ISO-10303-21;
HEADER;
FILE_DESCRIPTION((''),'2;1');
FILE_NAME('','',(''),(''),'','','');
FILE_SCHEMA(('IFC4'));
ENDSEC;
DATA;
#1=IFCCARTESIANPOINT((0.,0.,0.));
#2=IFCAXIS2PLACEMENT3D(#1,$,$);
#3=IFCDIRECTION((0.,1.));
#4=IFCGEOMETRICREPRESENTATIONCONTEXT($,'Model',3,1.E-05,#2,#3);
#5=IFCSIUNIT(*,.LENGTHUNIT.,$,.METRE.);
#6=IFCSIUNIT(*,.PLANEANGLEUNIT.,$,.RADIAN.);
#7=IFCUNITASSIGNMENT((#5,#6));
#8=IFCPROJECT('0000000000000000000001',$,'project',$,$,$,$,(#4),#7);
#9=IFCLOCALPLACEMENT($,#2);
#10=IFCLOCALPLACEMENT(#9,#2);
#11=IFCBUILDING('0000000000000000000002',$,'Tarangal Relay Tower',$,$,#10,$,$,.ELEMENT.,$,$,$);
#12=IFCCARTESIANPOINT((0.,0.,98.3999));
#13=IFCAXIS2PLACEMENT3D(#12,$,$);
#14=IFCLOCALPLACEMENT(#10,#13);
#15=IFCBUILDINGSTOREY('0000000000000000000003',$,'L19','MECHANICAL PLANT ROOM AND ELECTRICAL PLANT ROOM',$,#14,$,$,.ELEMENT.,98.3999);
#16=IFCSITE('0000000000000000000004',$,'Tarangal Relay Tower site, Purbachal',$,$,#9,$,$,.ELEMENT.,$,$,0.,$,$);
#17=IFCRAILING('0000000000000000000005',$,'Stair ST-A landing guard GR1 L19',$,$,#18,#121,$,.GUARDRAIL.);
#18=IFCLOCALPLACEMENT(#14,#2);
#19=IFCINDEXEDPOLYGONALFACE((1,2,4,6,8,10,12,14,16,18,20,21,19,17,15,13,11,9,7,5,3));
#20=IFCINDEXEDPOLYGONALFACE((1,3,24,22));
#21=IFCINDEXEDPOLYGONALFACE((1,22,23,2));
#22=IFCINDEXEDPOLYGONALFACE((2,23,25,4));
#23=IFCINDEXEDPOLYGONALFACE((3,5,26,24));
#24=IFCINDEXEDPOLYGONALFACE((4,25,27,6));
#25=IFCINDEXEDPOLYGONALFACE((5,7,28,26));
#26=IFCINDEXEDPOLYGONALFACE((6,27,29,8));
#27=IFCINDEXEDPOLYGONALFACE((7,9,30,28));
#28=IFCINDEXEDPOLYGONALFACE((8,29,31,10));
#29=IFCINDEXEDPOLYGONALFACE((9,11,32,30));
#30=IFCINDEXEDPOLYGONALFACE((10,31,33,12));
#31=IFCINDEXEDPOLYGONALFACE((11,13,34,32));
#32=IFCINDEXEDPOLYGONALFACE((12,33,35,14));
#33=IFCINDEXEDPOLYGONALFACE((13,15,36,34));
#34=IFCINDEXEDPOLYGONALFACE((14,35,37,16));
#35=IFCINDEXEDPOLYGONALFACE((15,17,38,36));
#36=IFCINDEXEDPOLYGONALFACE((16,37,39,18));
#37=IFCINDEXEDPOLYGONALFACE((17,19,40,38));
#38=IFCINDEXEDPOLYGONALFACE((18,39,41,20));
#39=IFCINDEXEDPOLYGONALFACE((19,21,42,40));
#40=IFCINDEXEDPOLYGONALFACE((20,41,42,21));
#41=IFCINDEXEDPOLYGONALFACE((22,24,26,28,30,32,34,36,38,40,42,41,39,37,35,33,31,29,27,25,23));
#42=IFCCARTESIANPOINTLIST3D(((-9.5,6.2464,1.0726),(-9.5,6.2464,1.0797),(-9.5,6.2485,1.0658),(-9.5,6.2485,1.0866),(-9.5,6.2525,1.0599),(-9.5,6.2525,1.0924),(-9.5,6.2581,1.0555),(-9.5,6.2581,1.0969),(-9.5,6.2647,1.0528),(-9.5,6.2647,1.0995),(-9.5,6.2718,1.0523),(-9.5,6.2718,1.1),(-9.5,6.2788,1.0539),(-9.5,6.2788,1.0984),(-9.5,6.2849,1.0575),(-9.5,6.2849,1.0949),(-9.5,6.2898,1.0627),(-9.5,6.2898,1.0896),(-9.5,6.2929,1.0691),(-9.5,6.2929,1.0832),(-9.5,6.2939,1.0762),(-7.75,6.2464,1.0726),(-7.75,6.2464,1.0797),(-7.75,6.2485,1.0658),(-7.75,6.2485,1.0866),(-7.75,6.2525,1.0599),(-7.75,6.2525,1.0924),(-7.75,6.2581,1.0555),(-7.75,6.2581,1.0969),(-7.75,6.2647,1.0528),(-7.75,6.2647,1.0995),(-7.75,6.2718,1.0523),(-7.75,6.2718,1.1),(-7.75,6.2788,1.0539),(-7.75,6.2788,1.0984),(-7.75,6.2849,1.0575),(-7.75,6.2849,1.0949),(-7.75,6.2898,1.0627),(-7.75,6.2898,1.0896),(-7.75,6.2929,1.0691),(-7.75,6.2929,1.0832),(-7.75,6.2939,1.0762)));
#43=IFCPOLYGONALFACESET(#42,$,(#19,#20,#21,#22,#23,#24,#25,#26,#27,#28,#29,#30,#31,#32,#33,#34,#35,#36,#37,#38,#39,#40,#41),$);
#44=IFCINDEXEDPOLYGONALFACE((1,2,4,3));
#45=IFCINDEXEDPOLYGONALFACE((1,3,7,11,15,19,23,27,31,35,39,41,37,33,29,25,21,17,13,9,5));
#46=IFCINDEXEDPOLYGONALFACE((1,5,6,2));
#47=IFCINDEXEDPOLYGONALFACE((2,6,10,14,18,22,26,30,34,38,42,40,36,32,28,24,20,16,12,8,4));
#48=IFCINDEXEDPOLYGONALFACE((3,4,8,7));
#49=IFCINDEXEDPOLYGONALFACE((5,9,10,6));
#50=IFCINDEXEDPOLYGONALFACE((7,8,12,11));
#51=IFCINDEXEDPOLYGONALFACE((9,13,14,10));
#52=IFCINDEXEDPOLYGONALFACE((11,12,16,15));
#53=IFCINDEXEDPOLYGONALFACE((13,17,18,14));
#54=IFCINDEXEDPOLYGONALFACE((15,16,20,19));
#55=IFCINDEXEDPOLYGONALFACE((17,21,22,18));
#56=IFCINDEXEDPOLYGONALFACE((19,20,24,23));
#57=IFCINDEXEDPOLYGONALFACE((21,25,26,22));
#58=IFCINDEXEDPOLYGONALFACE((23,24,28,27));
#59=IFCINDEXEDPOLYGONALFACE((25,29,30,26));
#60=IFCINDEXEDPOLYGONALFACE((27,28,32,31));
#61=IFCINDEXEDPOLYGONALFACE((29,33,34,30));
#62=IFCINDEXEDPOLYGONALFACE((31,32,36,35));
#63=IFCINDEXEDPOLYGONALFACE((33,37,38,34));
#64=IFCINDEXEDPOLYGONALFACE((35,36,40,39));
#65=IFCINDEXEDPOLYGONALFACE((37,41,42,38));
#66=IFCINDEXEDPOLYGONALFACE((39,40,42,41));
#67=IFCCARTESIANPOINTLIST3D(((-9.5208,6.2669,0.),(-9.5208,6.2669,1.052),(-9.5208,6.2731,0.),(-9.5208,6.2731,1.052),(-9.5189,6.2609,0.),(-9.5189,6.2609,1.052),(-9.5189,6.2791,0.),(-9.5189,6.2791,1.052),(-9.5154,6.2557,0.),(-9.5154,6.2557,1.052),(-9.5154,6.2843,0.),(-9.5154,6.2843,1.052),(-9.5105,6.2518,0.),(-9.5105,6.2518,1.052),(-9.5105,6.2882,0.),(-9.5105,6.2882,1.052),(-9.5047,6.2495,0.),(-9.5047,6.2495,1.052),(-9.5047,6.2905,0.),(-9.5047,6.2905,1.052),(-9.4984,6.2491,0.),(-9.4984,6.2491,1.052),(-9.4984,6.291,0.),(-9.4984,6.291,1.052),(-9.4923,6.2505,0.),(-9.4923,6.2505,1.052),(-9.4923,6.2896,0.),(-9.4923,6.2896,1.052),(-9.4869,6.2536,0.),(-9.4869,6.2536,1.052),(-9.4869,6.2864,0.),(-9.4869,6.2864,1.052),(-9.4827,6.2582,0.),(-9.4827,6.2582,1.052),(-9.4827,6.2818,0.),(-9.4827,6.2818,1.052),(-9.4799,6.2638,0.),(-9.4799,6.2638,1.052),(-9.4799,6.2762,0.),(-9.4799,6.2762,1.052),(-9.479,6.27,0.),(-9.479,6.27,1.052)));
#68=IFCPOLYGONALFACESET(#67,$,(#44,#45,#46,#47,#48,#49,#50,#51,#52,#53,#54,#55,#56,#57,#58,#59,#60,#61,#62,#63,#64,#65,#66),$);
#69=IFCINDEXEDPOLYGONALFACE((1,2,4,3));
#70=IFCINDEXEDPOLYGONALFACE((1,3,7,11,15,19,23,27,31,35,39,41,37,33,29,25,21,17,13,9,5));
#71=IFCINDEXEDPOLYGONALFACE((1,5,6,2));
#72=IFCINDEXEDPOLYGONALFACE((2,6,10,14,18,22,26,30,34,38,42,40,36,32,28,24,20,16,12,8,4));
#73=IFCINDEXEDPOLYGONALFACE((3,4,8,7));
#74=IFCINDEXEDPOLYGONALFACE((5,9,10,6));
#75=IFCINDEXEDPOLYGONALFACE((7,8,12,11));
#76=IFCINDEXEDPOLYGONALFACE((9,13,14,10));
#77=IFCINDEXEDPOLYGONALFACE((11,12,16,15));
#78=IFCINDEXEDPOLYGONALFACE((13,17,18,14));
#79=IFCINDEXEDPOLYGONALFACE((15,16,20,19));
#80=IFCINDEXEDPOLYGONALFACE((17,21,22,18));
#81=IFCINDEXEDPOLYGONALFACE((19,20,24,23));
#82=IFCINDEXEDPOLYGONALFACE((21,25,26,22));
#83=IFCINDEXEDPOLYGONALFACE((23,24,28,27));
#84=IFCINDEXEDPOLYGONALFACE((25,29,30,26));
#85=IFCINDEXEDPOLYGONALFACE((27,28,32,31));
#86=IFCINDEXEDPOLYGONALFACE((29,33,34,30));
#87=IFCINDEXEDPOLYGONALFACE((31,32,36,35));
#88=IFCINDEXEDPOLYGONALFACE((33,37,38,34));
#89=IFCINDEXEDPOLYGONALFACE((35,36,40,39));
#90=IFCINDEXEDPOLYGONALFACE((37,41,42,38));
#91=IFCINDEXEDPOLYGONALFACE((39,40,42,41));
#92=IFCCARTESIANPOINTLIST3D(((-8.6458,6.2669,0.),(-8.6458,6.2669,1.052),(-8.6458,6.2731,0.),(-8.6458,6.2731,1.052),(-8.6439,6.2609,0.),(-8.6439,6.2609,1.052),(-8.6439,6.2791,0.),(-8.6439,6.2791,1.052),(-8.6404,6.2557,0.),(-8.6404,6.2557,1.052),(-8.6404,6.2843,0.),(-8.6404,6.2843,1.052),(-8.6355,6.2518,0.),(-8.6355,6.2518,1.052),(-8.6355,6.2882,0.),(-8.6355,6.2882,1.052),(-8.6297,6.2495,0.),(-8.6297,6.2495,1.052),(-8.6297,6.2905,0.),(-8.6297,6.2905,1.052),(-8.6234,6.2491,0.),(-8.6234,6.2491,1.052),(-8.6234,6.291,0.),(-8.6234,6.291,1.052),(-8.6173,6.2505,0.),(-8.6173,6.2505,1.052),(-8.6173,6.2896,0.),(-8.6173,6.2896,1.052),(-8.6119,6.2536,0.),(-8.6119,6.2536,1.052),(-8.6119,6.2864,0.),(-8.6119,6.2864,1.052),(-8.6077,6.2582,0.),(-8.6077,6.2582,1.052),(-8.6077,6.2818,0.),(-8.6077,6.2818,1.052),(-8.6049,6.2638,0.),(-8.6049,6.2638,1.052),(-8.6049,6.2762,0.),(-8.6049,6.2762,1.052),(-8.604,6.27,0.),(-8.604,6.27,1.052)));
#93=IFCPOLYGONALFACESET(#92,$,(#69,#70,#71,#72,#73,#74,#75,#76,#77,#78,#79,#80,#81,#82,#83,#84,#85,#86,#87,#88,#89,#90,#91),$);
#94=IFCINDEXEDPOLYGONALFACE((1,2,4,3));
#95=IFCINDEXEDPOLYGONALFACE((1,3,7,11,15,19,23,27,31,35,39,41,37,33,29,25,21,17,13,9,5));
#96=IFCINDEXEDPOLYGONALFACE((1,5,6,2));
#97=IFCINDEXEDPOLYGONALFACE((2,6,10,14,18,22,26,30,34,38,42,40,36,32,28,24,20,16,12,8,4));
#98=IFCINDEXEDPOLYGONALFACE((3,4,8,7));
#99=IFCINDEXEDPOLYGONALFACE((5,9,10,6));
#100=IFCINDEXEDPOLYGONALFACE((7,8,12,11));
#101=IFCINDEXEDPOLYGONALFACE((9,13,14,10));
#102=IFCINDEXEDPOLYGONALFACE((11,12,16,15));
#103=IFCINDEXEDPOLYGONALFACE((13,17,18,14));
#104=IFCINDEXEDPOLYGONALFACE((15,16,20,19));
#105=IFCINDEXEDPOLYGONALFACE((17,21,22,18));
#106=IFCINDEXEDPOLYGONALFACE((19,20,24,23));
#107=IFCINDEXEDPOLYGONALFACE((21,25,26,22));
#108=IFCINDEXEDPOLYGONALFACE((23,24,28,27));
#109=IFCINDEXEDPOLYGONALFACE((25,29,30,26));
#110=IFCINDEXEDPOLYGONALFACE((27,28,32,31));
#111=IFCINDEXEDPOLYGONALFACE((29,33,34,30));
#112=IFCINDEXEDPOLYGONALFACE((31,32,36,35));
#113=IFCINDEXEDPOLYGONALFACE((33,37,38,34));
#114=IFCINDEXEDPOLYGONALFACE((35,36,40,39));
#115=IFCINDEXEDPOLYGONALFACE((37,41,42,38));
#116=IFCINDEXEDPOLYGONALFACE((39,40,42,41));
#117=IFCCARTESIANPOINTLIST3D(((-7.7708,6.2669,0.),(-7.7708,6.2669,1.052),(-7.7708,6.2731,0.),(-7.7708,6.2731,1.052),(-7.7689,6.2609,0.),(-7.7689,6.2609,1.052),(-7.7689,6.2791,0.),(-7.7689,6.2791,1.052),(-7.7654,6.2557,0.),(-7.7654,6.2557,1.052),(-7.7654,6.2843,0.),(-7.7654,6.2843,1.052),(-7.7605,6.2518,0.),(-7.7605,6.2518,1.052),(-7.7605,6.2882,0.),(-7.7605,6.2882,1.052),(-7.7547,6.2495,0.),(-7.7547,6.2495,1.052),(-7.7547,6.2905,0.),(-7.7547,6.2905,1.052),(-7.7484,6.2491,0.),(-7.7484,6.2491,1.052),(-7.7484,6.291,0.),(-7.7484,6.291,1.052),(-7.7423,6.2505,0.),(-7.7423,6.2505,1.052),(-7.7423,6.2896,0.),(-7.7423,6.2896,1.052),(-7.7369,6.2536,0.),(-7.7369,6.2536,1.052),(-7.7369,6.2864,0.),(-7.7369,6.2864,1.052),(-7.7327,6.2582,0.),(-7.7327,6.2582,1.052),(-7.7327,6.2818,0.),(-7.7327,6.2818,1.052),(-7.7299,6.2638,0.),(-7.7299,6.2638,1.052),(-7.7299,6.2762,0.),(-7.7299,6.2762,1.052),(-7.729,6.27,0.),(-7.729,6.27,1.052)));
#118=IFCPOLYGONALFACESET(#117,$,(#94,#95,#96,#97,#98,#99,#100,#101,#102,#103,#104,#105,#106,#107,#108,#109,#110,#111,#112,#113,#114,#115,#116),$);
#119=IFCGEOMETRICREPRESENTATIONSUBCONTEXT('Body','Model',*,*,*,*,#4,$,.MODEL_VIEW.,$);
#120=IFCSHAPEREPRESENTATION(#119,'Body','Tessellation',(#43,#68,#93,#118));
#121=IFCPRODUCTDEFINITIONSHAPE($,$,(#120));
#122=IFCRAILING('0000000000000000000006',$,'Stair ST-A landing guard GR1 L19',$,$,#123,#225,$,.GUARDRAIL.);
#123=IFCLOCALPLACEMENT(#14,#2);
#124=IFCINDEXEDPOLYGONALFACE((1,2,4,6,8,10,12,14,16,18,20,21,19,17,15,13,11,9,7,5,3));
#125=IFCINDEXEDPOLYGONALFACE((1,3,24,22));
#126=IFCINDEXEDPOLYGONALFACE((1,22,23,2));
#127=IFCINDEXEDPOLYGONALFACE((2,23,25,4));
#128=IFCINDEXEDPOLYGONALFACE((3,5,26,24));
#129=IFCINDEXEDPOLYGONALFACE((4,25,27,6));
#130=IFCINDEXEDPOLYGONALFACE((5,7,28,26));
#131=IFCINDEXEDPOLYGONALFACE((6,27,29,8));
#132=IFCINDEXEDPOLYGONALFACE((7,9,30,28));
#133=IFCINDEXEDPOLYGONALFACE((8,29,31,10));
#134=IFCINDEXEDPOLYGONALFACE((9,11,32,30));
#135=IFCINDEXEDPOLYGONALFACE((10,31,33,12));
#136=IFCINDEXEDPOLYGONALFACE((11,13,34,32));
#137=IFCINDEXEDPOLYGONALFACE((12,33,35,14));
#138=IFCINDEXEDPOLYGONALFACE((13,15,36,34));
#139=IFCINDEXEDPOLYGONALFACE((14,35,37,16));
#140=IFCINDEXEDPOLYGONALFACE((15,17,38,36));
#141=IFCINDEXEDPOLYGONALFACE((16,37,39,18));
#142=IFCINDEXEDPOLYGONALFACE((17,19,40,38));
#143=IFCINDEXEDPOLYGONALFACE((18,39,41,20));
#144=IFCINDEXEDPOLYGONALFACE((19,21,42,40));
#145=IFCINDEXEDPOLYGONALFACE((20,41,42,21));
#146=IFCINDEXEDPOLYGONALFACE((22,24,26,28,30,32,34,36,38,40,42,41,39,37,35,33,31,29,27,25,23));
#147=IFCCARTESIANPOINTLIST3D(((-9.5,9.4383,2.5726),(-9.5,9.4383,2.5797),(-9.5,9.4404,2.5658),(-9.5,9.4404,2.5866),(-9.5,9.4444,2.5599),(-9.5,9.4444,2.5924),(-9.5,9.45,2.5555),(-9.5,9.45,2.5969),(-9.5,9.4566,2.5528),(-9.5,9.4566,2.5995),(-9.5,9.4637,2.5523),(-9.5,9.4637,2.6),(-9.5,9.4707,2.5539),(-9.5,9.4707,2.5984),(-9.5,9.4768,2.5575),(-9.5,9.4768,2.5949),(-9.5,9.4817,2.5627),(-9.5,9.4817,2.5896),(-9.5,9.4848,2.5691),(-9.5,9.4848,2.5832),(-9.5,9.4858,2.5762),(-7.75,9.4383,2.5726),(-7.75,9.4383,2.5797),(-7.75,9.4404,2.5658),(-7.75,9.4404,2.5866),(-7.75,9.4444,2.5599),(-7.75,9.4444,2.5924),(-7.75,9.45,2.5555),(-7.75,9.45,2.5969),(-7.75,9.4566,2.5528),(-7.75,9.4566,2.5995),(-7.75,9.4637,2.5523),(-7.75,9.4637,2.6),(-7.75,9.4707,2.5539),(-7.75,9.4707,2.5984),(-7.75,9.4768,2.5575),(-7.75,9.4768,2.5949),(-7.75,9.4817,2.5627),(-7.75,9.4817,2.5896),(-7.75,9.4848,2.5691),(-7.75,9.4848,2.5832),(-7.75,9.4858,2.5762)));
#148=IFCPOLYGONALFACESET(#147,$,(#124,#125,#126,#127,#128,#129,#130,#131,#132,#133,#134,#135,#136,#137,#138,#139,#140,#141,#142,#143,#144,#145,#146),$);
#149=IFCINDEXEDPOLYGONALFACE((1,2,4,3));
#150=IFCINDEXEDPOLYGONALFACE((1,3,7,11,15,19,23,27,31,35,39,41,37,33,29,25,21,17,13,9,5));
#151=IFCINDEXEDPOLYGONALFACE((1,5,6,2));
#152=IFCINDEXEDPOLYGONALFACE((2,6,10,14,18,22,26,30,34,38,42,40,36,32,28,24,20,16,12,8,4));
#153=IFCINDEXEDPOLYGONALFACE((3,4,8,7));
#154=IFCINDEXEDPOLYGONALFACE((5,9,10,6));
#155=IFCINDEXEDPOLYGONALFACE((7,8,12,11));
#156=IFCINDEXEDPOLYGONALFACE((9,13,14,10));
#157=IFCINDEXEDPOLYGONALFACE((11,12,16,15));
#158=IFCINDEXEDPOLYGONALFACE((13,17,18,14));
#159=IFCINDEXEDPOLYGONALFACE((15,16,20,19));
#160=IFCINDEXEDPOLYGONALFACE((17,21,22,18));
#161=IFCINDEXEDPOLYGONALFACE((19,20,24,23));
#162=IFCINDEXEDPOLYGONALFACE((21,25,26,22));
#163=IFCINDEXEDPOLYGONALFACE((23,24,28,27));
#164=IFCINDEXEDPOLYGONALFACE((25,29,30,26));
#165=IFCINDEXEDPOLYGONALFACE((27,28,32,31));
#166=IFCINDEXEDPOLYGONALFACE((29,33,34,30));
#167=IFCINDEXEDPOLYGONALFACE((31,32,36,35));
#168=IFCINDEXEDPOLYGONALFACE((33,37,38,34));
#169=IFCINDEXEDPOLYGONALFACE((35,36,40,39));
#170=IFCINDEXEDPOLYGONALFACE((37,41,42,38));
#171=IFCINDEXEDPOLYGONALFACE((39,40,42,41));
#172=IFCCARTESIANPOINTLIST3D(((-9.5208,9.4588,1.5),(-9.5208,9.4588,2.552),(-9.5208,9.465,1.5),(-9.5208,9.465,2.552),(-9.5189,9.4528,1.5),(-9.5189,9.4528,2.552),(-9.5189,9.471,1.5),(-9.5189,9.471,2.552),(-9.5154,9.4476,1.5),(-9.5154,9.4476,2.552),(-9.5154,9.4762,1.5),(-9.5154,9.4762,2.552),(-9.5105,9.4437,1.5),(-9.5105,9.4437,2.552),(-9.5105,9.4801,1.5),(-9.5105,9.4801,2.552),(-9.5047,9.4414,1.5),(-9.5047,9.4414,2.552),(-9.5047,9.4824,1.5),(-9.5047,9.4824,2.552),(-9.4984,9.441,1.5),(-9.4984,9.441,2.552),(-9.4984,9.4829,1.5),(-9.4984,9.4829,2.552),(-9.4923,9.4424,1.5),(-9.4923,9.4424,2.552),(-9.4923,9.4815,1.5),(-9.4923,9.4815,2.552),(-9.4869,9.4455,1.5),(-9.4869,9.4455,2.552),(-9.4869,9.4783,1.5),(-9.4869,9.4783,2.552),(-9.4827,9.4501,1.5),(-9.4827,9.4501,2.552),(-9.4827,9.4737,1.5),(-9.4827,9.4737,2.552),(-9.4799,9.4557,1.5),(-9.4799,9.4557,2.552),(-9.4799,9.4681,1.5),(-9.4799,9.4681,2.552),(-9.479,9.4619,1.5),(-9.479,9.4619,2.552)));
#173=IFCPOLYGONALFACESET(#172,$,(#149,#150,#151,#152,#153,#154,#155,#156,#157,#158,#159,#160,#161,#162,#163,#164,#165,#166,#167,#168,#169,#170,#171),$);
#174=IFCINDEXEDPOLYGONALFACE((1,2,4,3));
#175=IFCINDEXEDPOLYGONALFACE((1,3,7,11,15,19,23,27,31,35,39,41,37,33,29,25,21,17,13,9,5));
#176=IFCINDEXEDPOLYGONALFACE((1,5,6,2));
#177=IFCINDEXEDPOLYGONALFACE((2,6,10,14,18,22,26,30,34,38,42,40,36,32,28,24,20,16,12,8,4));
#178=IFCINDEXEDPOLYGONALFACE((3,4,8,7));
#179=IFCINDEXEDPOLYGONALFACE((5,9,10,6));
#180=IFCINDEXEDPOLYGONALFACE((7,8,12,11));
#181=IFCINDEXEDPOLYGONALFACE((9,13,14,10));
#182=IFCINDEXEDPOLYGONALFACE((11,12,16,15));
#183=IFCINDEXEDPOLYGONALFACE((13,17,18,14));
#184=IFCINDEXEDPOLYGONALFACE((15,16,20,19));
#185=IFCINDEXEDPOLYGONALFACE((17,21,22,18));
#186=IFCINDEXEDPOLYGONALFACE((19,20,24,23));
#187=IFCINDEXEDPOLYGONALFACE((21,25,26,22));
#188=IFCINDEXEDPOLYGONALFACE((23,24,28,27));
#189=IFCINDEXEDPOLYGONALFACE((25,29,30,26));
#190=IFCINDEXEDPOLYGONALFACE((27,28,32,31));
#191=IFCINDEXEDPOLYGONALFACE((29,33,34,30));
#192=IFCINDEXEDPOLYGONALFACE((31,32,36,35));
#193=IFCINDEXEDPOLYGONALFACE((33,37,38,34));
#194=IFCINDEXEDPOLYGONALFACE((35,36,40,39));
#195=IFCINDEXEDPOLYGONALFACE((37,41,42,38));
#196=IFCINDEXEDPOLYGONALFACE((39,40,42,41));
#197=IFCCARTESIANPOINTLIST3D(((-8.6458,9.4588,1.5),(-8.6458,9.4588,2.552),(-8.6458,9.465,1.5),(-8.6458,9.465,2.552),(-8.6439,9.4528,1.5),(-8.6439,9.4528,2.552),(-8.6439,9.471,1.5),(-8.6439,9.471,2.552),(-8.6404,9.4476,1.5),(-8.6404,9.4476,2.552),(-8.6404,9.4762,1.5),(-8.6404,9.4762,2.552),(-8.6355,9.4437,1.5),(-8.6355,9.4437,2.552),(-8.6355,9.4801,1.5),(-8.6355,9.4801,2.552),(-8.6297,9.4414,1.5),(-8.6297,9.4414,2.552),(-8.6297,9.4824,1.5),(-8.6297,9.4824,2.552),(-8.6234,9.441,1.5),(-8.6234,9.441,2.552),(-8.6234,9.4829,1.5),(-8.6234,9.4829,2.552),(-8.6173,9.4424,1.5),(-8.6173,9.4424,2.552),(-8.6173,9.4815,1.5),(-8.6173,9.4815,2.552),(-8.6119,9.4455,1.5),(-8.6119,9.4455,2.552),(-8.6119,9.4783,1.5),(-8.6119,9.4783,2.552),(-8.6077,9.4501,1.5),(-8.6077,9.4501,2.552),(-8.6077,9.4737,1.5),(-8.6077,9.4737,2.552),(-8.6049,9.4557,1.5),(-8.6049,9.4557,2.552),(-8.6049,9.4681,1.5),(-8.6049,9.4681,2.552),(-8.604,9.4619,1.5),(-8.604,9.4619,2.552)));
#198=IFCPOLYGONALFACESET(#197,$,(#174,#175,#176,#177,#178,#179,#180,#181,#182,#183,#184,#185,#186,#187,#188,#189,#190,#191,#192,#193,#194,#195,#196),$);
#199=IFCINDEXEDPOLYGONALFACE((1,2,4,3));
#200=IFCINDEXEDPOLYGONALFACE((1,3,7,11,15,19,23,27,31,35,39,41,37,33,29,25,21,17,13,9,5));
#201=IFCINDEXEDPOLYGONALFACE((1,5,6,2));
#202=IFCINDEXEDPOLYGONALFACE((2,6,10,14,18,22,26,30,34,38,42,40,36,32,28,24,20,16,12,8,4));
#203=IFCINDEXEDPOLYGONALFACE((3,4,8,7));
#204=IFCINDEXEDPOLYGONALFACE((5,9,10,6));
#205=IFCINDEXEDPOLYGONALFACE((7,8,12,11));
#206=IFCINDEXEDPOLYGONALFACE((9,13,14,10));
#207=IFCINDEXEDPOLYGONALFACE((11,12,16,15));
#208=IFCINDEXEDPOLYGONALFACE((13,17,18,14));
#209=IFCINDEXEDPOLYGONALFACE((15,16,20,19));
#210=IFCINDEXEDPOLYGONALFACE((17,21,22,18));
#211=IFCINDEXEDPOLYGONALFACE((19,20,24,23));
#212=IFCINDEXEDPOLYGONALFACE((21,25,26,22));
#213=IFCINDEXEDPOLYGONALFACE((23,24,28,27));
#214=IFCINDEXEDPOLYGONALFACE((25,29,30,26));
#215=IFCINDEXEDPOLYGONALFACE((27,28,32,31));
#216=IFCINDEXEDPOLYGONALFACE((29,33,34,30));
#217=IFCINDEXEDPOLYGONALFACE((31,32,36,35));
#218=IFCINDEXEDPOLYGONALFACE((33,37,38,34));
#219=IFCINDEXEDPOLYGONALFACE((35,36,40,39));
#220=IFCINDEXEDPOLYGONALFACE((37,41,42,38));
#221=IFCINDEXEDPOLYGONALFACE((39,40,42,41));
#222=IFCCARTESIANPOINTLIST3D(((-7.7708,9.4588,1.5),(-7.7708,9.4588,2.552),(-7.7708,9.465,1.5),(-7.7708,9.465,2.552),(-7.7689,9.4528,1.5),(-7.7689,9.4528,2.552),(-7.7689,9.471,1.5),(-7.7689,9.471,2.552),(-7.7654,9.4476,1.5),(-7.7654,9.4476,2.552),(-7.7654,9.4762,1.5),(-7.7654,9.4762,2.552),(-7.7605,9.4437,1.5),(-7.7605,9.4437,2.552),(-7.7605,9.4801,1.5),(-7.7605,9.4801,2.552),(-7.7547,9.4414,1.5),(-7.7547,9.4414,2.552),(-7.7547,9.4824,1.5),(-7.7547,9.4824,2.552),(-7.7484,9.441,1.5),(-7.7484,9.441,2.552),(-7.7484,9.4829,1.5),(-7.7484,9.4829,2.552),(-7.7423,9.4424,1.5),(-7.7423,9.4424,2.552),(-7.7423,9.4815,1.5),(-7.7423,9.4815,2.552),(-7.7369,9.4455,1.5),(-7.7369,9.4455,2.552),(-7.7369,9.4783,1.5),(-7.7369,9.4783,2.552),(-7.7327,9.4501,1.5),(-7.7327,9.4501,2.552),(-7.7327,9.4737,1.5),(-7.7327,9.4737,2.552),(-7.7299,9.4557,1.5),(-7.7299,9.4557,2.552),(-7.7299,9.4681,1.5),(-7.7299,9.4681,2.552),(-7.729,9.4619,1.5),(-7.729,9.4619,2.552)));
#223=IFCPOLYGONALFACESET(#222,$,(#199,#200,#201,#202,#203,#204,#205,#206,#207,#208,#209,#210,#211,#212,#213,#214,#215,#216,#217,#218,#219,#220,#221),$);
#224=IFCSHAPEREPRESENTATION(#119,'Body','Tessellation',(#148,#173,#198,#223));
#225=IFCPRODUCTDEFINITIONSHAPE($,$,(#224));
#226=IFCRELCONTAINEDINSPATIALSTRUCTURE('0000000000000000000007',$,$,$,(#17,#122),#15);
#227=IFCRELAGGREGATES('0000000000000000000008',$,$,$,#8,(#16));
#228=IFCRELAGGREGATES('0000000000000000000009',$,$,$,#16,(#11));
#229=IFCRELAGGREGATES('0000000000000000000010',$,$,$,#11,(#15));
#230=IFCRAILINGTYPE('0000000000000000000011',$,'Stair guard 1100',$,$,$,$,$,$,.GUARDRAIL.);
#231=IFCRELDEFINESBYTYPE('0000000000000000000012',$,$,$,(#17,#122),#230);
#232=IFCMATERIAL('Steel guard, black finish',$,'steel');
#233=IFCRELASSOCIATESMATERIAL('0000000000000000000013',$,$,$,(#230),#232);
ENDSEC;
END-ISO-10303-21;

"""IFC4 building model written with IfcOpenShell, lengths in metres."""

from ifc_helpers import new_model, si_unit, direction, frame, origin, origin_2d, place, context, subcontext, project, spatial, circle, extrude, material, type_object, element, save


model = new_model("IFC4")

# Units and contexts
model_context = context("Model", 3, precision=1e-05, world=origin(), true_north=direction((0.0, 1.0)))
body_context = subcontext(model_context, "Body", "Model", "MODEL_VIEW")
ifc_project = project(units=[si_unit("LENGTHUNIT", "METRE"), si_unit("PLANEANGLEUNIT", "RADIAN")], contexts=[model_context])

# Site, building, storey
site_placement = place(None, origin())
site = spatial("IfcSite", under=ifc_project, at=site_placement, Name="Tarangal Relay Tower site, Purbachal", CompositionType="ELEMENT", RefElevation=0.0)
building_placement = place(site_placement, origin())
building = spatial("IfcBuilding", under=site, at=building_placement, Name="Tarangal Relay Tower", CompositionType="ELEMENT")
storey_placement = place(building_placement, frame((0.0, 0.0, 98.3999)))
storey = spatial("IfcBuildingStorey", under=building, at=storey_placement, Name="L19", Description="MECHANICAL PLANT ROOM AND ELECTRICAL PLANT ROOM", CompositionType="ELEMENT", Elevation=98.3999)

# Railings
ifc_material_1 = material(Name="Steel guard, black finish", Category="steel")
railing_type = type_object("IfcRailingType", Name="Stair guard 1100", PredefinedType="GUARDRAIL", material=ifc_material_1)
for number, where, name in (
    (1, (-9.5, 6.27, 0.0), "Stair ST-A landing guard GR1 L19"),
    (2, (-9.5, 9.4619, 1.5), "Stair ST-A landing guard GR1 L19"),
):
    element("IfcRailing", number, at=place(storey_placement, frame(where)), inside=storey, type_object=railing_type, Name=name, PredefinedType="GUARDRAIL", context=body_context, shape_type="SweptSolid", body=[
        extrude(circle(Radius=0.0239, at=origin_2d()), frame((0.0, 0.0, 1.0762), z_axis=(1.0, 0.0, 0.0), x_axis=(0.0, 1.0, 0.0)), (0.0, 0.0, 1.0), 1.75),
        extrude(circle(Radius=0.021, at=origin_2d()), origin(), (0.0, 0.0, 1.0), 1.052),
        extrude(circle(Radius=0.021, at=origin_2d()), frame((0.875, 0.0, 0.0)), (0.0, 0.0, 1.0), 1.052),
        extrude(circle(Radius=0.021, at=origin_2d()), frame((1.75, 0.0, 0.0)), (0.0, 0.0, 1.0), 1.052),
    ])

save(model, "model.ifc")
